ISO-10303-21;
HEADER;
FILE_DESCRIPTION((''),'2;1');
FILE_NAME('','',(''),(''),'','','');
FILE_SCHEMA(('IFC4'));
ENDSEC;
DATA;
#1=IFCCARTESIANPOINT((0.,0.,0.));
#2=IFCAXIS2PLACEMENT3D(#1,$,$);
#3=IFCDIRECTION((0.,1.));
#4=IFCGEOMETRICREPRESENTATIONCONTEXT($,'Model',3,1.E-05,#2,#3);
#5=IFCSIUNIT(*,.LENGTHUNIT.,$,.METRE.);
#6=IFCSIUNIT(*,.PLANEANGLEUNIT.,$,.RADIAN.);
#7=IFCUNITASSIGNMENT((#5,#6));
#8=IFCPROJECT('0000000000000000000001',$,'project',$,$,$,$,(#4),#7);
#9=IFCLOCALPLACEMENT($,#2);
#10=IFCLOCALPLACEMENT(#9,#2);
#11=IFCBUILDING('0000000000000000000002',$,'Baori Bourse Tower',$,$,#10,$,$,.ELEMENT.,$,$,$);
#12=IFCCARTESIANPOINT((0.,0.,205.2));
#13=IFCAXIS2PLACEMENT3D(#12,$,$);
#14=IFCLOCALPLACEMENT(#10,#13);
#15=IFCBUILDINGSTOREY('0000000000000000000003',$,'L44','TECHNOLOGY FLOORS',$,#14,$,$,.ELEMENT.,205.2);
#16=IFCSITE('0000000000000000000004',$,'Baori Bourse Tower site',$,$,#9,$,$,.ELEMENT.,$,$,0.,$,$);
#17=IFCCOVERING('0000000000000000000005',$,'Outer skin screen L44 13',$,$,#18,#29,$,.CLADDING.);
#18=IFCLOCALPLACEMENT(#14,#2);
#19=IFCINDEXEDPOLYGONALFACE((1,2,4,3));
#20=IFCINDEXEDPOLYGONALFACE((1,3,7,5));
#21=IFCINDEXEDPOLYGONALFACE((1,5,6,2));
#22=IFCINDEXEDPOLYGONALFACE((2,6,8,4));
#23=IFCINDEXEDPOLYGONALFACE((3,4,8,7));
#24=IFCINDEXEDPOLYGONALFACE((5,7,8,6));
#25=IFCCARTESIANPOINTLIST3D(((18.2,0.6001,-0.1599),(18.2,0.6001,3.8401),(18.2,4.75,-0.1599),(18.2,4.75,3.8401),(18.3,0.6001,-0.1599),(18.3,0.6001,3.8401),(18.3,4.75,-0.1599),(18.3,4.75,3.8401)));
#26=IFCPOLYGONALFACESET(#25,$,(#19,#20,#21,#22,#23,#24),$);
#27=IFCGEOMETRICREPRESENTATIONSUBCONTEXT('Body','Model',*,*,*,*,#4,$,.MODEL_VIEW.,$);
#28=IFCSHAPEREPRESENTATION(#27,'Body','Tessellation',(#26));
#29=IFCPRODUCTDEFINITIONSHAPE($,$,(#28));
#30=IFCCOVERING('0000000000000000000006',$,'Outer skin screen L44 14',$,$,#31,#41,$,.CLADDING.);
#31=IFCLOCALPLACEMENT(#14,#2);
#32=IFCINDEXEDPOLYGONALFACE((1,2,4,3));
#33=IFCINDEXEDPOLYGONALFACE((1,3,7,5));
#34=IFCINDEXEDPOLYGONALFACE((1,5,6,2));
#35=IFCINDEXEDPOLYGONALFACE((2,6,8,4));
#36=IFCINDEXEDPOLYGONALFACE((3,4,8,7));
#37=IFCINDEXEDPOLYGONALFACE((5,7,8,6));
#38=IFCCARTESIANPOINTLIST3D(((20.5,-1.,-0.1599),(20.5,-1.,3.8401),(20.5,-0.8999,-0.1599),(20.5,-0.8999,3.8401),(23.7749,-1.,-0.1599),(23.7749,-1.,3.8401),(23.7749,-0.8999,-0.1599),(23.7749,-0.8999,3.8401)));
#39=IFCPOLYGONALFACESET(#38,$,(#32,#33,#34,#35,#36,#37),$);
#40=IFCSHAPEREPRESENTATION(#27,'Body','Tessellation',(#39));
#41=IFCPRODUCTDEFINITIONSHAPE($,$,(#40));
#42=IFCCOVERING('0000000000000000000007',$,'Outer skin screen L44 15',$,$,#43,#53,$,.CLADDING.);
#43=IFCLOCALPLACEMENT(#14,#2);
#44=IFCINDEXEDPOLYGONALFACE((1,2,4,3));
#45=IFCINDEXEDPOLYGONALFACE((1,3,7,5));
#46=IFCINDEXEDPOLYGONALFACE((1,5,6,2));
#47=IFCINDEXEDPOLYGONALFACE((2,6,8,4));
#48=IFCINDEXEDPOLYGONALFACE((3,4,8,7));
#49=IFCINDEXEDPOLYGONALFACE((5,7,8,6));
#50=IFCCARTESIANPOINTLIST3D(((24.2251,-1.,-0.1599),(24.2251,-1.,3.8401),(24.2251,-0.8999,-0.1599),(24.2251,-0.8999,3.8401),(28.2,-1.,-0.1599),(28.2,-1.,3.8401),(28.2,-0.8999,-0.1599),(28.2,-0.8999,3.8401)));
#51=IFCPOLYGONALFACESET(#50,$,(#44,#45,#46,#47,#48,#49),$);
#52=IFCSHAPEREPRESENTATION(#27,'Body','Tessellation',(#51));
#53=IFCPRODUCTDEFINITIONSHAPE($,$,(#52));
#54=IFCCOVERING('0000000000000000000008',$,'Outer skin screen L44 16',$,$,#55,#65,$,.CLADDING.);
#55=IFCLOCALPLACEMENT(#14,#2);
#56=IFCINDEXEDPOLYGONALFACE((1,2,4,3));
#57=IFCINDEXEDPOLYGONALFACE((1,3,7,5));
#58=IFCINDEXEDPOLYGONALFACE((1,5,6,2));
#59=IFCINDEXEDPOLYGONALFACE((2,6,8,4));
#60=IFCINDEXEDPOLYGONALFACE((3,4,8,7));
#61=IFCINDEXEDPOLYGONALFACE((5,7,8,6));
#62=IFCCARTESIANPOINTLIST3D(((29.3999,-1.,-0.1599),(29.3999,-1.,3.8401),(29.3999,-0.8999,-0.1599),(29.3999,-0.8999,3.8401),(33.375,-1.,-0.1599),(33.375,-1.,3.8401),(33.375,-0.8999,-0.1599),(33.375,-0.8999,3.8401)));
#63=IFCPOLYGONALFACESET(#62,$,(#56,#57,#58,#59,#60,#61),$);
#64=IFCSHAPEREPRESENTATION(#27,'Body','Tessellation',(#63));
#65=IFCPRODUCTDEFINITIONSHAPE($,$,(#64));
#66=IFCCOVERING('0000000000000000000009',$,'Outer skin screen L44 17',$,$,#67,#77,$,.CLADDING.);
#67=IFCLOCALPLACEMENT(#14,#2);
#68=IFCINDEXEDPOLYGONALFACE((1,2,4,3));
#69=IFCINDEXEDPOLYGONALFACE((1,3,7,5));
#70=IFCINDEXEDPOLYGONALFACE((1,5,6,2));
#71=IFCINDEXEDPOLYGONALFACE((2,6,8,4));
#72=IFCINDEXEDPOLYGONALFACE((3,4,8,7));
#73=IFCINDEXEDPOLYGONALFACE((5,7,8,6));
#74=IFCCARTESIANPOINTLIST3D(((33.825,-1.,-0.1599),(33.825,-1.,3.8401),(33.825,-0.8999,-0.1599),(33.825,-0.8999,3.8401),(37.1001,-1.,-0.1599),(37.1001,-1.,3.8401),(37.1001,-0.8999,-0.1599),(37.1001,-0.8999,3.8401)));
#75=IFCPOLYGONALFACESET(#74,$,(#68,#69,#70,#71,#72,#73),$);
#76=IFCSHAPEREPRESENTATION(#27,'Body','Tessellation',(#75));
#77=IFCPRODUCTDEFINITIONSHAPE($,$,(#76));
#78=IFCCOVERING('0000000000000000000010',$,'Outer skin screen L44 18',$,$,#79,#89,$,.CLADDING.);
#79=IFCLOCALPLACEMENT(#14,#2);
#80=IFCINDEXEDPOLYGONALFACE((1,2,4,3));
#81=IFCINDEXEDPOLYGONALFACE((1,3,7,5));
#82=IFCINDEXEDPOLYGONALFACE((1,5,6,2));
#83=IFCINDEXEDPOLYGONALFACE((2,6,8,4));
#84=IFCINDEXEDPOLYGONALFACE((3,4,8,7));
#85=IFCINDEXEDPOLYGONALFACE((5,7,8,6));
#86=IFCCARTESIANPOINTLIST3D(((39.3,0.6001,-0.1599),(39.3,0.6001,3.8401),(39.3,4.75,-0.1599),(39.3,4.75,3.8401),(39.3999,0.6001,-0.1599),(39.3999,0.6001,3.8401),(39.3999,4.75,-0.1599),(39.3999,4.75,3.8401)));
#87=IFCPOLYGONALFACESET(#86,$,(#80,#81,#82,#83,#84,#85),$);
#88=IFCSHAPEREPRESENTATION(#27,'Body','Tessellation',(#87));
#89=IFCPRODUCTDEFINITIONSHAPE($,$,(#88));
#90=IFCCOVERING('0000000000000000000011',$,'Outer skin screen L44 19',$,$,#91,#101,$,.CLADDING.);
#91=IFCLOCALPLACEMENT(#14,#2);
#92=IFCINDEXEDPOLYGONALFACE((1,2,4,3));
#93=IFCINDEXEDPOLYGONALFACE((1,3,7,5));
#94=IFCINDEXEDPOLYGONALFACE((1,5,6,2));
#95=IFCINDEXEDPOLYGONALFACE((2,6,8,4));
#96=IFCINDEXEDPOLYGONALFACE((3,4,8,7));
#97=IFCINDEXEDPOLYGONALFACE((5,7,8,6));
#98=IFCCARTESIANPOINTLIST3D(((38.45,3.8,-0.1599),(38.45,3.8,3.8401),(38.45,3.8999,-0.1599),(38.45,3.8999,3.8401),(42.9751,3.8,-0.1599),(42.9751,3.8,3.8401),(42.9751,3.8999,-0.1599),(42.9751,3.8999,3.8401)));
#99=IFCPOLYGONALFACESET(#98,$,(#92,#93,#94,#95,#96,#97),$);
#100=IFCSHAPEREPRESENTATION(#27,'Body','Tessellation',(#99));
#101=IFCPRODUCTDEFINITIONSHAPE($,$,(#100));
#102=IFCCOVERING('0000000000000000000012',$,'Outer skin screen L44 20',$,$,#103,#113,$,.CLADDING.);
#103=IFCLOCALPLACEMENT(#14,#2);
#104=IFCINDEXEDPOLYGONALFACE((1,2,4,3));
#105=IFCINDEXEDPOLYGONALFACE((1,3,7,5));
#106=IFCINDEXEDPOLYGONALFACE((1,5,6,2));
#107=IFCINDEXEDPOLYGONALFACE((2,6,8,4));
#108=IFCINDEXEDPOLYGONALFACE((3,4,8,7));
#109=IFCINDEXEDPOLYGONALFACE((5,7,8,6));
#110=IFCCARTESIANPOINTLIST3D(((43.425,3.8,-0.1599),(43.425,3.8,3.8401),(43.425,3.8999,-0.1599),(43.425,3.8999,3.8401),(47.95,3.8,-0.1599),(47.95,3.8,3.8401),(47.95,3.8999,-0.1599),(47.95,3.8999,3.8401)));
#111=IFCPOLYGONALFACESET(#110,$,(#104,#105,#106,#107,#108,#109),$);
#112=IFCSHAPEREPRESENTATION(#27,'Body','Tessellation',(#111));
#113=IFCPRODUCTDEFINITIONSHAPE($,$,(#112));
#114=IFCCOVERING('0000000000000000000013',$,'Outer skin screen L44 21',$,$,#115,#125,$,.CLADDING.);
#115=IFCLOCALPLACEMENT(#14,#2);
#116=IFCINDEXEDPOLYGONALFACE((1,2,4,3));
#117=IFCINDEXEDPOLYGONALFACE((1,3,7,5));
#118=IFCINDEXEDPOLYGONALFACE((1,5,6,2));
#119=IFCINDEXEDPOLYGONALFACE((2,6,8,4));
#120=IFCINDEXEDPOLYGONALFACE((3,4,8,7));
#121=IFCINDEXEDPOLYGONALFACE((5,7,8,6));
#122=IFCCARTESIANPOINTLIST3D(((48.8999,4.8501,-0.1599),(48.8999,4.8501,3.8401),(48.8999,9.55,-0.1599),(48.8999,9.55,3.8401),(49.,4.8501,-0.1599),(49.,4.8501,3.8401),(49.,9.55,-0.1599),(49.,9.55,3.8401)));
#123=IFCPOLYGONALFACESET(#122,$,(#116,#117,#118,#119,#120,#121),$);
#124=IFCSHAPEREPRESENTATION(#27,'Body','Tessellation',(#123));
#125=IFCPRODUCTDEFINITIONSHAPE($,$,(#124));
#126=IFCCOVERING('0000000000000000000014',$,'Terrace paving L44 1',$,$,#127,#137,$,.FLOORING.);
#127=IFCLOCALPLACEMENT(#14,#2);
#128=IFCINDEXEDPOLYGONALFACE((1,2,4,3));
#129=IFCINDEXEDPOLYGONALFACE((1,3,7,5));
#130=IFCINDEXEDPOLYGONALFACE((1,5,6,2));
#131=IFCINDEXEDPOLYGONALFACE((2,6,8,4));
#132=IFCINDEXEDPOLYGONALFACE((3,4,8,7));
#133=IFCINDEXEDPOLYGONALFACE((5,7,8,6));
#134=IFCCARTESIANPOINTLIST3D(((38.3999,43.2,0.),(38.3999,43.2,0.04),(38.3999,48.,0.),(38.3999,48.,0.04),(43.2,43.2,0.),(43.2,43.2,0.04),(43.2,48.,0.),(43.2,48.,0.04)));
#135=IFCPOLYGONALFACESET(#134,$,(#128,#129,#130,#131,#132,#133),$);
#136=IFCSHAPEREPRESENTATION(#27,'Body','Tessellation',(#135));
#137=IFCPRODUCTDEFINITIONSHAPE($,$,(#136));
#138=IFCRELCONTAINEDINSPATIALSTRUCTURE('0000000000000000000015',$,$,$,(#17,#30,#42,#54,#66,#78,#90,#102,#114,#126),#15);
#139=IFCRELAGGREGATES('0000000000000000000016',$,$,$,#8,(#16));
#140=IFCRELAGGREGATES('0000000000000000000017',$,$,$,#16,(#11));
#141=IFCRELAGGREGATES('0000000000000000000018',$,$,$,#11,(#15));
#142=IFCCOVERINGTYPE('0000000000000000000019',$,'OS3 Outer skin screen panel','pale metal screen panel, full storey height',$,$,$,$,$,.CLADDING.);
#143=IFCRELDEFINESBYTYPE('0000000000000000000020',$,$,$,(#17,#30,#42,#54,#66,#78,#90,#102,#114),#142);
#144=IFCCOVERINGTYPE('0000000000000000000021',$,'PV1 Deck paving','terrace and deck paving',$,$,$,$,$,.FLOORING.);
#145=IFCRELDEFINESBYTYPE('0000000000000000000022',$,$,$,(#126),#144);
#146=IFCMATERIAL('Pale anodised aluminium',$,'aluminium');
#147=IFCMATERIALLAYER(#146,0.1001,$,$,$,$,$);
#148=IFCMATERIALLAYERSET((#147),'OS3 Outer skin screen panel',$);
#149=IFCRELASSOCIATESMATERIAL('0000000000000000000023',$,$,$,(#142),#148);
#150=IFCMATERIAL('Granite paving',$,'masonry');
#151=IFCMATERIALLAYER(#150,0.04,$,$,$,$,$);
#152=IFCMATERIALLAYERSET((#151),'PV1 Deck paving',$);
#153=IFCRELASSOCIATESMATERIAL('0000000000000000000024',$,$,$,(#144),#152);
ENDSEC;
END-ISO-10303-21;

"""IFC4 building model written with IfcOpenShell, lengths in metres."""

from ifc_helpers import new_model, si_unit, direction, frame, origin, place, context, subcontext, project, spatial, polyline, outline, extrude, material, layer, layer_set, type_object, element, save


model = new_model("IFC4")

# Units and contexts
model_context = context("Model", 3, precision=1e-05, world=origin(), true_north=direction((0.0, 1.0)))
body_context = subcontext(model_context, "Body", "Model", "MODEL_VIEW")
ifc_project = project(units=[si_unit("LENGTHUNIT", "METRE"), si_unit("PLANEANGLEUNIT", "RADIAN")], contexts=[model_context])

# Site, building, storey
site_placement = place(None, origin())
site = spatial("IfcSite", under=ifc_project, at=site_placement, Name="Baori Bourse Tower site", CompositionType="ELEMENT", RefElevation=0.0)
building_placement = place(site_placement, origin())
building = spatial("IfcBuilding", under=site, at=building_placement, Name="Baori Bourse Tower", CompositionType="ELEMENT")
storey_placement = place(building_placement, frame((0.0, 0.0, 205.2)))
storey = spatial("IfcBuildingStorey", under=building, at=storey_placement, Name="L44", Description="TECHNOLOGY FLOORS", CompositionType="ELEMENT", Elevation=205.2)

# Coverings
ifc_material_1 = material(Name="Pale anodised aluminium", Category="aluminium")
ifc_layer_1 = layer(ifc_material_1, 0.1001)
ifc_layer_set_1 = layer_set([ifc_layer_1], Name="OS3 Outer skin screen panel")
covering_type_1 = type_object("IfcCoveringType", Name="OS3 Outer skin screen panel", Description="pale metal screen panel, full storey height", PredefinedType="CLADDING", material=ifc_layer_set_1)
covering_1_placement = place(storey_placement, frame((0.0, 0.0, -0.1599)))
element("IfcCovering", 1, at=covering_1_placement, inside=storey, type_object=covering_type_1, Name="Outer skin screen L44 13", PredefinedType="CLADDING", context=body_context, shape_type="SweptSolid", body=[
    extrude(outline(polyline([(18.3, 0.6001), (18.3, 4.75), (18.2, 4.75), (18.2, 0.6001), (18.3, 0.6001)])), origin(), (0.0, 0.0, 1.0), 4.0),
])
covering_2_placement = place(storey_placement, frame((0.0, 0.0, -0.1599)))
element("IfcCovering", 2, at=covering_2_placement, inside=storey, type_object=covering_type_1, Name="Outer skin screen L44 14", PredefinedType="CLADDING", context=body_context, shape_type="SweptSolid", body=[
    extrude(outline(polyline([(23.7749, -0.8999), (20.5, -0.8999), (20.5, -1.0), (23.7749, -1.0), (23.7749, -0.8999)])), origin(), (0.0, 0.0, 1.0), 4.0),
])
covering_3_placement = place(storey_placement, frame((0.0, 0.0, -0.1599)))
element("IfcCovering", 3, at=covering_3_placement, inside=storey, type_object=covering_type_1, Name="Outer skin screen L44 15", PredefinedType="CLADDING", context=body_context, shape_type="SweptSolid", body=[
    extrude(outline(polyline([(28.2, -0.8999), (24.2251, -0.8999), (24.2251, -1.0), (28.2, -1.0), (28.2, -0.8999)])), origin(), (0.0, 0.0, 1.0), 4.0),
])
covering_4_placement = place(storey_placement, frame((0.0, 0.0, -0.1599)))
element("IfcCovering", 4, at=covering_4_placement, inside=storey, type_object=covering_type_1, Name="Outer skin screen L44 16", PredefinedType="CLADDING", context=body_context, shape_type="SweptSolid", body=[
    extrude(outline(polyline([(33.375, -0.8999), (29.3999, -0.8999), (29.3999, -1.0), (33.375, -1.0), (33.375, -0.8999)])), origin(), (0.0, 0.0, 1.0), 4.0),
])
covering_5_placement = place(storey_placement, frame((0.0, 0.0, -0.1599)))
element("IfcCovering", 5, at=covering_5_placement, inside=storey, type_object=covering_type_1, Name="Outer skin screen L44 17", PredefinedType="CLADDING", context=body_context, shape_type="SweptSolid", body=[
    extrude(outline(polyline([(37.1001, -0.8999), (33.825, -0.8999), (33.825, -1.0), (37.1001, -1.0), (37.1001, -0.8999)])), origin(), (0.0, 0.0, 1.0), 4.0),
])
covering_6_placement = place(storey_placement, frame((0.0, 0.0, -0.1599)))
element("IfcCovering", 6, at=covering_6_placement, inside=storey, type_object=covering_type_1, Name="Outer skin screen L44 18", PredefinedType="CLADDING", context=body_context, shape_type="SweptSolid", body=[
    extrude(outline(polyline([(39.3, 4.75), (39.3, 0.6001), (39.3999, 0.6001), (39.3999, 4.75), (39.3, 4.75)])), origin(), (0.0, 0.0, 1.0), 4.0),
])
covering_7_placement = place(storey_placement, frame((0.0, 0.0, -0.1599)))
element("IfcCovering", 7, at=covering_7_placement, inside=storey, type_object=covering_type_1, Name="Outer skin screen L44 19", PredefinedType="CLADDING", context=body_context, shape_type="SweptSolid", body=[
    extrude(outline(polyline([(42.9751, 3.8999), (38.45, 3.8999), (38.45, 3.8), (42.9751, 3.8), (42.9751, 3.8999)])), origin(), (0.0, 0.0, 1.0), 4.0),
])
covering_8_placement = place(storey_placement, frame((0.0, 0.0, -0.1599)))
element("IfcCovering", 8, at=covering_8_placement, inside=storey, type_object=covering_type_1, Name="Outer skin screen L44 20", PredefinedType="CLADDING", context=body_context, shape_type="SweptSolid", body=[
    extrude(outline(polyline([(47.95, 3.8999), (43.425, 3.8999), (43.425, 3.8), (47.95, 3.8), (47.95, 3.8999)])), origin(), (0.0, 0.0, 1.0), 4.0),
])
covering_9_placement = place(storey_placement, frame((0.0, 0.0, -0.1599)))
element("IfcCovering", 9, at=covering_9_placement, inside=storey, type_object=covering_type_1, Name="Outer skin screen L44 21", PredefinedType="CLADDING", context=body_context, shape_type="SweptSolid", body=[
    extrude(outline(polyline([(48.8999, 9.55), (48.8999, 4.8501), (49.0, 4.8501), (49.0, 9.55), (48.8999, 9.55)])), origin(), (0.0, 0.0, 1.0), 4.0),
])
ifc_material_2 = material(Name="Granite paving", Category="masonry")
ifc_layer_2 = layer(ifc_material_2, 0.04)
ifc_layer_set_2 = layer_set([ifc_layer_2], Name="PV1 Deck paving")
covering_type_2 = type_object("IfcCoveringType", Name="PV1 Deck paving", Description="terrace and deck paving", PredefinedType="FLOORING", material=ifc_layer_set_2)
covering_10_placement = place(storey_placement, origin())
element("IfcCovering", 10, at=covering_10_placement, inside=storey, type_object=covering_type_2, Name="Terrace paving L44 1", PredefinedType="FLOORING", context=body_context, shape_type="SweptSolid", body=[
    extrude(outline(polyline([(38.3999, 43.2), (43.2, 43.2), (43.2, 48.0), (38.3999, 48.0), (38.3999, 43.2)])), origin(), (0.0, 0.0, 1.0), 0.04),
])

save(model, "model.ifc")
